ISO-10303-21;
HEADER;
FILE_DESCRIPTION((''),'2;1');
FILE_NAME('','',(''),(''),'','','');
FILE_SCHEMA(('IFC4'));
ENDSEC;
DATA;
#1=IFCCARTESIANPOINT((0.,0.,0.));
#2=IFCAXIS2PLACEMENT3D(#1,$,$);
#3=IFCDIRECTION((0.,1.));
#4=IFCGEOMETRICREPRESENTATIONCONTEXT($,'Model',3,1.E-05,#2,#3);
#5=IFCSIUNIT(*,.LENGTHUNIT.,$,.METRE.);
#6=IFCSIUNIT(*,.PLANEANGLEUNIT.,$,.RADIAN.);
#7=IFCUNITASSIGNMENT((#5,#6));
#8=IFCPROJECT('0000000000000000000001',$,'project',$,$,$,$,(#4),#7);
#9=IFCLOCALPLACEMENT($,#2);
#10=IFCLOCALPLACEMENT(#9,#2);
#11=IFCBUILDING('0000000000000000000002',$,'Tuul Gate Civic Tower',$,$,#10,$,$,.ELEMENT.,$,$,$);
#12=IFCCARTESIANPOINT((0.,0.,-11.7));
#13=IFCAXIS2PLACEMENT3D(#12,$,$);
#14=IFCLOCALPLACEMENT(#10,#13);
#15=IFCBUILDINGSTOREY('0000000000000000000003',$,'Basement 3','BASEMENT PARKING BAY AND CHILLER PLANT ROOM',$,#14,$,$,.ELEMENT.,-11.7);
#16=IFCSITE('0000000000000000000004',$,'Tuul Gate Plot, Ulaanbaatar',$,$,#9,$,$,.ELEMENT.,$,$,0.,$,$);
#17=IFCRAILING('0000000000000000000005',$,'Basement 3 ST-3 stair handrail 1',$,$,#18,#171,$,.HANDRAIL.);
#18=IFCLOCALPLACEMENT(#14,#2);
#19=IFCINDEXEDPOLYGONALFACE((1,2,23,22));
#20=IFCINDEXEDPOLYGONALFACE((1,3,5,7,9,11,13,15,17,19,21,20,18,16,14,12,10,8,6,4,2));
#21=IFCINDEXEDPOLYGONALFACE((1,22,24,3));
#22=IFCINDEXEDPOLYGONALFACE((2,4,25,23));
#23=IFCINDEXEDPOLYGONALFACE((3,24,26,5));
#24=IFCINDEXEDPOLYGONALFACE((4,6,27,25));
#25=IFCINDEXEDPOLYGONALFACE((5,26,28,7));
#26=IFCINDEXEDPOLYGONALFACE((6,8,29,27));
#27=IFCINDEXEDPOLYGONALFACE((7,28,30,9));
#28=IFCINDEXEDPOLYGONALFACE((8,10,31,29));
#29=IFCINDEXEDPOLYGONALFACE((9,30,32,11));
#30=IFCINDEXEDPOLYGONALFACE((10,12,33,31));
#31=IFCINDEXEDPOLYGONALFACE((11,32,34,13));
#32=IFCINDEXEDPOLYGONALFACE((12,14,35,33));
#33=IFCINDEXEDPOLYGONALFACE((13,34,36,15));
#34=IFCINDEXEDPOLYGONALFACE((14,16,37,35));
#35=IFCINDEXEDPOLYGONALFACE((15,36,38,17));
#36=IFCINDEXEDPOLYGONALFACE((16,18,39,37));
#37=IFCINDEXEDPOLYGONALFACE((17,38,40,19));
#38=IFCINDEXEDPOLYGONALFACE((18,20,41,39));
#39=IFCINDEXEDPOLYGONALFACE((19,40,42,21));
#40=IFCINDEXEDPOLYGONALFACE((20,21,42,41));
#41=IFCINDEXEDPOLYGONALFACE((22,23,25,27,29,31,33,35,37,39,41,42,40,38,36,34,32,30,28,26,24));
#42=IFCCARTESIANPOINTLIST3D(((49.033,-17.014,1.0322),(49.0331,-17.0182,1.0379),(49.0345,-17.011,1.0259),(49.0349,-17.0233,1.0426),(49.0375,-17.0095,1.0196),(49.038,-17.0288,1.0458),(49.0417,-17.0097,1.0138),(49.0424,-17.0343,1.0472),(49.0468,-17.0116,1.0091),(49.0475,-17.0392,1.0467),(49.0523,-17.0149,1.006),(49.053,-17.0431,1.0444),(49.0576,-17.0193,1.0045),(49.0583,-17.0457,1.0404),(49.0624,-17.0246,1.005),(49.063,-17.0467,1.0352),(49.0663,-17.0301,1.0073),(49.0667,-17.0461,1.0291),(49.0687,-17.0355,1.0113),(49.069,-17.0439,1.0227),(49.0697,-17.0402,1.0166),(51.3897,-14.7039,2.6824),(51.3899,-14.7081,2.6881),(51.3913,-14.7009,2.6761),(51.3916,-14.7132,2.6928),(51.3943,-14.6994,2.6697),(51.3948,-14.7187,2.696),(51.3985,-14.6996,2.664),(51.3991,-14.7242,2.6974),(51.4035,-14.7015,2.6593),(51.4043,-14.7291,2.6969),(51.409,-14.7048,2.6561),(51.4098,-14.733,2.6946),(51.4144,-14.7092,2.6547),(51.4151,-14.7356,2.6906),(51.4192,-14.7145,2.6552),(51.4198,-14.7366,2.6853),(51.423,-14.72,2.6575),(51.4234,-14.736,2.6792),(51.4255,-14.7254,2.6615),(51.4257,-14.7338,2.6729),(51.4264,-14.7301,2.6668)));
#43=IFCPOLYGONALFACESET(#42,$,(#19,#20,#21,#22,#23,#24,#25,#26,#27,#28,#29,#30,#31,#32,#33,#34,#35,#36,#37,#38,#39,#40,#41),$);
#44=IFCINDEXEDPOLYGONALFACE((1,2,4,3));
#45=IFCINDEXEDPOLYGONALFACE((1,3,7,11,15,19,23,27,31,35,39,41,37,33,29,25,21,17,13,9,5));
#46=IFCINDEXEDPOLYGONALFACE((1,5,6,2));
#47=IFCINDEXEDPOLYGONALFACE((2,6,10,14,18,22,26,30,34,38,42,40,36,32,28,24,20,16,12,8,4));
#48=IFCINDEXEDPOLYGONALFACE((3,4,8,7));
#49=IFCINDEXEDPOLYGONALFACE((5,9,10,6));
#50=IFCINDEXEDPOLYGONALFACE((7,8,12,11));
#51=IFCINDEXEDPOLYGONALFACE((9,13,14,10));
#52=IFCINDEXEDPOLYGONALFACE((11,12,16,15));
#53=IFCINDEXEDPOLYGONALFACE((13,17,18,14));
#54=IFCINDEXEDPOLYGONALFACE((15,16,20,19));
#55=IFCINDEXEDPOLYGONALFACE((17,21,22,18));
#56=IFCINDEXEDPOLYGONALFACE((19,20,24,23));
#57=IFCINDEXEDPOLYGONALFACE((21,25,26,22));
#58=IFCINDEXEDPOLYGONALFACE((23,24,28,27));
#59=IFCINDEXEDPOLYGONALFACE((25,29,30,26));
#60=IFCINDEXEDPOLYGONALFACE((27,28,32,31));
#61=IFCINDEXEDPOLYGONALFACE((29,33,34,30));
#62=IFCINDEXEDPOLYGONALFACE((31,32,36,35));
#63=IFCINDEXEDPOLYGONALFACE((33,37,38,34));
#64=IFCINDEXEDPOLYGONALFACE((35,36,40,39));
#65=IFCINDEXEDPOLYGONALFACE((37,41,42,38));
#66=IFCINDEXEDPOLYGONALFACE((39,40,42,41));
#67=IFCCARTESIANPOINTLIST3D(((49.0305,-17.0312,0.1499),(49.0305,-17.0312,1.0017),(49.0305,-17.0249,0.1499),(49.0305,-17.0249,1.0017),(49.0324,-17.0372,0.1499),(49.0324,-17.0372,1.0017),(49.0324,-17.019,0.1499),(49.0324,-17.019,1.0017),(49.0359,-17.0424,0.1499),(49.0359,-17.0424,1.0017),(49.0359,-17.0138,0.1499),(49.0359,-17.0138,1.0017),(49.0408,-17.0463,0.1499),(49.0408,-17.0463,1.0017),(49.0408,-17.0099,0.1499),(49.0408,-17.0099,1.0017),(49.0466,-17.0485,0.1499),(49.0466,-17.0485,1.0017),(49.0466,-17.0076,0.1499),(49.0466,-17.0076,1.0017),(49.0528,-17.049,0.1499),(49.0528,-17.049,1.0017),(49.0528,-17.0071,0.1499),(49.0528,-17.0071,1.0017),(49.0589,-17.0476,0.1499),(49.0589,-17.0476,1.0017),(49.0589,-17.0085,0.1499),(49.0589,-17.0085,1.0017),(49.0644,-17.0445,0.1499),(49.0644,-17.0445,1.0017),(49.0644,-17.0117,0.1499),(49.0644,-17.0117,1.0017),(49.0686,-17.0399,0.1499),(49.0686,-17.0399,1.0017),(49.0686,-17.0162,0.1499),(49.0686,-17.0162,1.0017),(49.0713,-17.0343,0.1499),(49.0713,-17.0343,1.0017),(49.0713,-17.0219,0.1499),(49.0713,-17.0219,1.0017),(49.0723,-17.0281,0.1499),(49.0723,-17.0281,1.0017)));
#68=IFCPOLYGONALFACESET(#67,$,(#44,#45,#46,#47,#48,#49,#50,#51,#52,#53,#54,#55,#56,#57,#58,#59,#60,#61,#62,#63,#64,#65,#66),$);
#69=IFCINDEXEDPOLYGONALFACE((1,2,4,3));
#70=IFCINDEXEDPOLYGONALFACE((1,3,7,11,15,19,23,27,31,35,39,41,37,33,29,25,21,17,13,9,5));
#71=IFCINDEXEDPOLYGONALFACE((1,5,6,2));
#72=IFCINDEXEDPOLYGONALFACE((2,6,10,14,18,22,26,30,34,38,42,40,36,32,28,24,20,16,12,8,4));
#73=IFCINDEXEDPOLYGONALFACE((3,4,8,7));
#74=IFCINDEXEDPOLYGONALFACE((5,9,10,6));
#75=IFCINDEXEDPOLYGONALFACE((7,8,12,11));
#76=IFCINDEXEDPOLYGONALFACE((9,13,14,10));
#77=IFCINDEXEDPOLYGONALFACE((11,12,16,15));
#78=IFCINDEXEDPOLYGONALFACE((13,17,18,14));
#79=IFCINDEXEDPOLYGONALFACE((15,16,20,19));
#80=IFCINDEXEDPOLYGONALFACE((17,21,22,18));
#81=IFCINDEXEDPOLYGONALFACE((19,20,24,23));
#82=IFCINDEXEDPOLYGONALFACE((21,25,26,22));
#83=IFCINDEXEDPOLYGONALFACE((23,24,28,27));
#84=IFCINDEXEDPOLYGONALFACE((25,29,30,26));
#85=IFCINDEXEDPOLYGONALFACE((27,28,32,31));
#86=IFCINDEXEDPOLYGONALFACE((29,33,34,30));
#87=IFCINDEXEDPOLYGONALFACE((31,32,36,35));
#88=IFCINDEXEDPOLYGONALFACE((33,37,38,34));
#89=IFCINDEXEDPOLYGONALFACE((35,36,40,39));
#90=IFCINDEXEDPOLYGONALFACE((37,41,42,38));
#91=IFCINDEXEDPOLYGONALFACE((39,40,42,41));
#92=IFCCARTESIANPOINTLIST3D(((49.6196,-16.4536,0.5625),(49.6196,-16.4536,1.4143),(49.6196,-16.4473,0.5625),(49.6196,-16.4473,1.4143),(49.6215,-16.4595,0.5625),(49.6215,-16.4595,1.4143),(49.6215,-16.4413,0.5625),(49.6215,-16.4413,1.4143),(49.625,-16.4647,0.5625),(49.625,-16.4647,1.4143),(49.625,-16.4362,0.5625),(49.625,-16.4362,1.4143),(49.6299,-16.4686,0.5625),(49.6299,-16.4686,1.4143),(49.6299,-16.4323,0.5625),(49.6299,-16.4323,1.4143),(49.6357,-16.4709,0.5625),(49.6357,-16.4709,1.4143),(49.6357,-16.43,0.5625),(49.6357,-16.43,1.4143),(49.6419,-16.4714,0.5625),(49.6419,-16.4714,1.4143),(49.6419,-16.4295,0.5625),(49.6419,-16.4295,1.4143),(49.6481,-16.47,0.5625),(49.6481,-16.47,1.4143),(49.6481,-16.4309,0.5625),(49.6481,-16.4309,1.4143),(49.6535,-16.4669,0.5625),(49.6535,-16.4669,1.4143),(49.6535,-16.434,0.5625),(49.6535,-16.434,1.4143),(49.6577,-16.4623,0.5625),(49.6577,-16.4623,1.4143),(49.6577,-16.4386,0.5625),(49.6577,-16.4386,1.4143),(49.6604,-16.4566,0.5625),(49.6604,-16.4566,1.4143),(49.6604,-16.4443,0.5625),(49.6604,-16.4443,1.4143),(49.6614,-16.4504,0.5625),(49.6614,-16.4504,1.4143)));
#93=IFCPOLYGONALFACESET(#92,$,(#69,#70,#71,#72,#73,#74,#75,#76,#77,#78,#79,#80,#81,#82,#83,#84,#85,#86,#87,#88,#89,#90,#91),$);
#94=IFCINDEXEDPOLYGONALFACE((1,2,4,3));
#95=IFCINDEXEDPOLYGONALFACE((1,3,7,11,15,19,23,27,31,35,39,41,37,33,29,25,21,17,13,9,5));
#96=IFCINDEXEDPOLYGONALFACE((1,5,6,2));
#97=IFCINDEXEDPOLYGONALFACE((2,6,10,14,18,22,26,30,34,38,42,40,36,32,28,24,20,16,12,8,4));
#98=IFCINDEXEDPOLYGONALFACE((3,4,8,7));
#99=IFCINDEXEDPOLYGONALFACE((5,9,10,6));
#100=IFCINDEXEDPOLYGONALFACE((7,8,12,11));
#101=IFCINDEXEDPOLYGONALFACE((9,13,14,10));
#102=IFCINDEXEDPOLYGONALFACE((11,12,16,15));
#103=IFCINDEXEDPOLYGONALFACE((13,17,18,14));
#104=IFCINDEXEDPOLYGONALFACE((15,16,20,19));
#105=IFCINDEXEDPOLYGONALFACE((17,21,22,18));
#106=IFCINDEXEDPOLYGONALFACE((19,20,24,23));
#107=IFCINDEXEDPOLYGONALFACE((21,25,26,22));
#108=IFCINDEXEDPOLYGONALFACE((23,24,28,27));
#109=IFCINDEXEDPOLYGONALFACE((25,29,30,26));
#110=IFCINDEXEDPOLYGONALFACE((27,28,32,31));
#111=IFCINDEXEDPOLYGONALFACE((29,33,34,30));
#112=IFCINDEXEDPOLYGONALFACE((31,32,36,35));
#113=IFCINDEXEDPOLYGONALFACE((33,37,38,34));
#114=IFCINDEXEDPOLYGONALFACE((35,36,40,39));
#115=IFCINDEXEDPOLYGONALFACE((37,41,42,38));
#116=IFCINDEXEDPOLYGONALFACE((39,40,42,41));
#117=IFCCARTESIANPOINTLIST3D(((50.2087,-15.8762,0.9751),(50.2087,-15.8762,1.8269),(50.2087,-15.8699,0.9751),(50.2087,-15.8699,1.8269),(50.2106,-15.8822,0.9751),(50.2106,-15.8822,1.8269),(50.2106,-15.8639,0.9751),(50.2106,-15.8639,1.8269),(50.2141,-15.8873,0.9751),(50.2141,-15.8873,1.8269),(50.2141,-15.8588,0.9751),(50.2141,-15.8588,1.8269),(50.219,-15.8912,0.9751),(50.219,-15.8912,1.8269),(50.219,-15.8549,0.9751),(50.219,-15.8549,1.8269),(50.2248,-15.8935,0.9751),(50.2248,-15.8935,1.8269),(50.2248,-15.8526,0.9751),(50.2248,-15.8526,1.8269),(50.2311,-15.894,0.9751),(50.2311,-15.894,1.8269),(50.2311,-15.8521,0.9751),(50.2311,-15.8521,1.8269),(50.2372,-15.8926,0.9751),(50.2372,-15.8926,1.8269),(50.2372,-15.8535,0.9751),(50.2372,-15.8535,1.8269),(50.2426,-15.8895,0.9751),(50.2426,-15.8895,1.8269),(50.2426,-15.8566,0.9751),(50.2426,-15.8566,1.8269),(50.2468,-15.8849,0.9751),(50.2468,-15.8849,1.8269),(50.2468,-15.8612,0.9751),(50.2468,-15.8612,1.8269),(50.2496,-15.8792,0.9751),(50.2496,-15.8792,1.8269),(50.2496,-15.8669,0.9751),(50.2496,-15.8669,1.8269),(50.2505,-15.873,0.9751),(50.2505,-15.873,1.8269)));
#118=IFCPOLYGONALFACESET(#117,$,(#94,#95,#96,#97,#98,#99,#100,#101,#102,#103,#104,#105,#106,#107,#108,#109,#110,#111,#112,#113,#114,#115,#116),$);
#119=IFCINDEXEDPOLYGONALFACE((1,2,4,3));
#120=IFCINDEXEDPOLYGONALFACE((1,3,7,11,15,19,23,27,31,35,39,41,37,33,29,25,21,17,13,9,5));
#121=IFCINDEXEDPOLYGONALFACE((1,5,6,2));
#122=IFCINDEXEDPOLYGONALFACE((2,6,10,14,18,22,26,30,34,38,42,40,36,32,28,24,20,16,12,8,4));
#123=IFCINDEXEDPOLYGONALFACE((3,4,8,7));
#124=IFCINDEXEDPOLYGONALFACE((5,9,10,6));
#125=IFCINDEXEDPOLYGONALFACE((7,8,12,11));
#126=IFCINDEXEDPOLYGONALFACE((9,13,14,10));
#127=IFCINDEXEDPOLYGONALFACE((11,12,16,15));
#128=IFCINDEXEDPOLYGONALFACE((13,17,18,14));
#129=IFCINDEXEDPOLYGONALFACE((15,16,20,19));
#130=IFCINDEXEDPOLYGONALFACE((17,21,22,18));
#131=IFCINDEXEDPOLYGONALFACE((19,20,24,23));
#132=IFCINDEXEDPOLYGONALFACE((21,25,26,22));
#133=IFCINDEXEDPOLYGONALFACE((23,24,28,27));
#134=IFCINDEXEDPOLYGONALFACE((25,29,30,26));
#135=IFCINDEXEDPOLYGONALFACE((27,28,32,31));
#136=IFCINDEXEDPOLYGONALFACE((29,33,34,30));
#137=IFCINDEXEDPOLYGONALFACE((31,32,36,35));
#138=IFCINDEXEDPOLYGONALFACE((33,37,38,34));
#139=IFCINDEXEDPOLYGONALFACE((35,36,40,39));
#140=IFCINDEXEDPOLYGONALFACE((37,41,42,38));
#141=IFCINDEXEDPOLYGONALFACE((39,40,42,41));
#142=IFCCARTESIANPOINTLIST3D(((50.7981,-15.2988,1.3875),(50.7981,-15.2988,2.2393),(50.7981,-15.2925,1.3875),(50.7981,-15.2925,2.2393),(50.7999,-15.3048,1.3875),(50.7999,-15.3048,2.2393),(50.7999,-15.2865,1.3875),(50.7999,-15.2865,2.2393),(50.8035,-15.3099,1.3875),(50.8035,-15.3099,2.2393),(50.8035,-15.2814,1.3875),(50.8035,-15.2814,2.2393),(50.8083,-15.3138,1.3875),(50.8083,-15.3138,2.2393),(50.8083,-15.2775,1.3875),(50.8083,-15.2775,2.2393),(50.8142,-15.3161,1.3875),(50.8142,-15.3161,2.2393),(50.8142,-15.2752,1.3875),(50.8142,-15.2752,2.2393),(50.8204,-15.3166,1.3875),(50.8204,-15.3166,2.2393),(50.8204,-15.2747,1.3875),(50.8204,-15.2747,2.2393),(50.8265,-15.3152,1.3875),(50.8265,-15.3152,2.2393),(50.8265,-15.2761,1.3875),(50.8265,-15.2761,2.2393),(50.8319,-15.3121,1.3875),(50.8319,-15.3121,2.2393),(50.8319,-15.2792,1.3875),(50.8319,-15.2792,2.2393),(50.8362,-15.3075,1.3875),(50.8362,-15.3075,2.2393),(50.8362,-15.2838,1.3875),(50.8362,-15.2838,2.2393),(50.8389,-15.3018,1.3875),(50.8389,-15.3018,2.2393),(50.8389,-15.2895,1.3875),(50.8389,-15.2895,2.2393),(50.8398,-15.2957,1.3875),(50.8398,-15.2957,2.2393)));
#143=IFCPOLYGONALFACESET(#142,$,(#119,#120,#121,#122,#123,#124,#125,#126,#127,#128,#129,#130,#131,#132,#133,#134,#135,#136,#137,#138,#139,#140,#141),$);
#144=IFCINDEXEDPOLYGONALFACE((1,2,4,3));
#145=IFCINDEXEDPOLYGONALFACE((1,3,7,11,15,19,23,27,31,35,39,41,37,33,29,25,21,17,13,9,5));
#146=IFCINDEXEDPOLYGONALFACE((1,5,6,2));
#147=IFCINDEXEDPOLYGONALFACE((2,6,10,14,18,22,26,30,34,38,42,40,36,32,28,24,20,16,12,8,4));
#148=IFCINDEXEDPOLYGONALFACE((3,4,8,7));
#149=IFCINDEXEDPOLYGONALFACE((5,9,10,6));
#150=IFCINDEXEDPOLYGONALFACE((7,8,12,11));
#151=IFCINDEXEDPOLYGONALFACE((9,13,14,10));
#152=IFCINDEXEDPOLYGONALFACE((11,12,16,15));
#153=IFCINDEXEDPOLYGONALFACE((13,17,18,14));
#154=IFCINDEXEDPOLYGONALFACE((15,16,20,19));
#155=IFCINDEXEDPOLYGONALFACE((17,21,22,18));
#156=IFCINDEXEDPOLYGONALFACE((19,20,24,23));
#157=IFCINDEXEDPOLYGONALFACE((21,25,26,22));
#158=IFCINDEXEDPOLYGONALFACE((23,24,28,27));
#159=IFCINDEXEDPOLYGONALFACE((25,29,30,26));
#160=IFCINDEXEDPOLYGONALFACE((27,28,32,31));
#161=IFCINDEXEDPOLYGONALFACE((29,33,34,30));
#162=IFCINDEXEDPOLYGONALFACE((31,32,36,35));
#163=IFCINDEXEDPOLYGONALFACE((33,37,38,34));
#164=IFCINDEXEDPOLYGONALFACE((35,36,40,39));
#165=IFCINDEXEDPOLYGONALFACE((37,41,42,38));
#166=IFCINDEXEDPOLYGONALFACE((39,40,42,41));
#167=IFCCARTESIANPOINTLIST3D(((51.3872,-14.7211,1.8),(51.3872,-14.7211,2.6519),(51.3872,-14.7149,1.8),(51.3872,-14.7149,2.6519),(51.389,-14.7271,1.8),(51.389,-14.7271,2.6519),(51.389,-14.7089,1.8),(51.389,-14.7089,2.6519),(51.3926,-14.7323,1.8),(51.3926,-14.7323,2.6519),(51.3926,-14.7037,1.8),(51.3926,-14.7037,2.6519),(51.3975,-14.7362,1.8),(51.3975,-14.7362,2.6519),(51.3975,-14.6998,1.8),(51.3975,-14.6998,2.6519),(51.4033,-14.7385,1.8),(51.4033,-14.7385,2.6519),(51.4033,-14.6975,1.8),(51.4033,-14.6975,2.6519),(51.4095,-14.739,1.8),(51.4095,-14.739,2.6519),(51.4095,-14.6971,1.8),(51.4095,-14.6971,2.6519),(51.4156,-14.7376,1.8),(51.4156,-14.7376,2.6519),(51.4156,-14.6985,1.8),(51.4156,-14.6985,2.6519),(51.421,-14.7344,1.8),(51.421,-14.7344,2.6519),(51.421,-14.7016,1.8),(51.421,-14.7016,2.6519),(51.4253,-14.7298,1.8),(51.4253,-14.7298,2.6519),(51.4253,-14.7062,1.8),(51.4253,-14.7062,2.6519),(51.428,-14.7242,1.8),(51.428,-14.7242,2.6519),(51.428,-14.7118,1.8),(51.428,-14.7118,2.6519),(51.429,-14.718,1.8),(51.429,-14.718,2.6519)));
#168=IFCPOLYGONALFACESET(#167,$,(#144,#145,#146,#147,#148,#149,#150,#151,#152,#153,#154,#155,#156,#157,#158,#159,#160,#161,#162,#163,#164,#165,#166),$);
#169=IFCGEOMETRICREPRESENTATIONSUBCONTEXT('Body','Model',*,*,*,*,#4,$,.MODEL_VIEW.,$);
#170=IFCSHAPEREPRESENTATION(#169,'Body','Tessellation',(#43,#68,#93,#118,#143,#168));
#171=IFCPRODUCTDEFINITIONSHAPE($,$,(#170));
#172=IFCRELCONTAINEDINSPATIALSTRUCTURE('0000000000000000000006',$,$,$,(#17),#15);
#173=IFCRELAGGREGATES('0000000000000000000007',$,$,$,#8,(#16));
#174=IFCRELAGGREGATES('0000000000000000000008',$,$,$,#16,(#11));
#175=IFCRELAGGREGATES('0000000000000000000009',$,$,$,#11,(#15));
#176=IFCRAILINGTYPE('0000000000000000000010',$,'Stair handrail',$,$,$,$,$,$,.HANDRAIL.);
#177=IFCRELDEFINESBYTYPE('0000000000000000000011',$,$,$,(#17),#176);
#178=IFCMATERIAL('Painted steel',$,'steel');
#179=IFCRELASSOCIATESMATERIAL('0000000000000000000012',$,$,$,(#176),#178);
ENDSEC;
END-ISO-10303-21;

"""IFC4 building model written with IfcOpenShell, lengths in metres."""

from ifc_helpers import new_model, si_unit, direction, frame, origin, origin_2d, place, context, subcontext, project, spatial, circle, extrude, material, type_object, element, save


model = new_model("IFC4")

# Units and contexts
model_context = context("Model", 3, precision=1e-05, world=origin(), true_north=direction((0.0, 1.0)))
body_context = subcontext(model_context, "Body", "Model", "MODEL_VIEW")
ifc_project = project(units=[si_unit("LENGTHUNIT", "METRE"), si_unit("PLANEANGLEUNIT", "RADIAN")], contexts=[model_context])

# Site, building, storey
site_placement = place(None, origin())
site = spatial("IfcSite", under=ifc_project, at=site_placement, Name="Tuul Gate Plot, Ulaanbaatar", CompositionType="ELEMENT", RefElevation=0.0)
building_placement = place(site_placement, origin())
building = spatial("IfcBuilding", under=site, at=building_placement, Name="Tuul Gate Civic Tower", CompositionType="ELEMENT")
storey_placement = place(building_placement, frame((0.0, 0.0, -11.7)))
storey = spatial("IfcBuildingStorey", under=building, at=storey_placement, Name="Basement 3", Description="BASEMENT PARKING BAY AND CHILLER PLANT ROOM", CompositionType="ELEMENT", Elevation=-11.7)

# Railing
ifc_material_1 = material(Name="Painted steel", Category="steel")
railing_type = type_object("IfcRailingType", Name="Stair handrail", PredefinedType="HANDRAIL", material=ifc_material_1)
railing_placement = place(storey_placement, frame((49.0513, -17.0281, 0.1499)))
element("IfcRailing", 1, at=railing_placement, inside=storey, type_object=railing_type, Name="Basement 3 ST-3 stair handrail 1", PredefinedType="HANDRAIL", context=body_context, shape_type="SweptSolid", body=[
    extrude(circle(Radius=0.0239, at=origin_2d()), frame((0.0, 0.0, 0.876), z_axis=(0.638734, 0.626096, 0.44724), x_axis=(-0.700006, 0.714137, 0.0)), (0.0, 0.0, 1.0), 3.6897),
    extrude(circle(Radius=0.021, at=origin_2d()), origin(), (0.0, 0.0, 1.0), 0.8518),
    extrude(circle(Radius=0.021, at=origin_2d()), frame((0.5891, 0.5776, 0.4126)), (0.0, 0.0, 1.0), 0.8518),
    extrude(circle(Radius=0.021, at=origin_2d()), frame((1.1782, 1.155, 0.8252)), (0.0, 0.0, 1.0), 0.8518),
    extrude(circle(Radius=0.021, at=origin_2d()), frame((1.7676, 1.7324, 1.2375)), (0.0, 0.0, 1.0), 0.8518),
    extrude(circle(Radius=0.021, at=origin_2d()), frame((2.3567, 2.3101, 1.6501)), (0.0, 0.0, 1.0), 0.8518),
])

save(model, "model.ifc")
